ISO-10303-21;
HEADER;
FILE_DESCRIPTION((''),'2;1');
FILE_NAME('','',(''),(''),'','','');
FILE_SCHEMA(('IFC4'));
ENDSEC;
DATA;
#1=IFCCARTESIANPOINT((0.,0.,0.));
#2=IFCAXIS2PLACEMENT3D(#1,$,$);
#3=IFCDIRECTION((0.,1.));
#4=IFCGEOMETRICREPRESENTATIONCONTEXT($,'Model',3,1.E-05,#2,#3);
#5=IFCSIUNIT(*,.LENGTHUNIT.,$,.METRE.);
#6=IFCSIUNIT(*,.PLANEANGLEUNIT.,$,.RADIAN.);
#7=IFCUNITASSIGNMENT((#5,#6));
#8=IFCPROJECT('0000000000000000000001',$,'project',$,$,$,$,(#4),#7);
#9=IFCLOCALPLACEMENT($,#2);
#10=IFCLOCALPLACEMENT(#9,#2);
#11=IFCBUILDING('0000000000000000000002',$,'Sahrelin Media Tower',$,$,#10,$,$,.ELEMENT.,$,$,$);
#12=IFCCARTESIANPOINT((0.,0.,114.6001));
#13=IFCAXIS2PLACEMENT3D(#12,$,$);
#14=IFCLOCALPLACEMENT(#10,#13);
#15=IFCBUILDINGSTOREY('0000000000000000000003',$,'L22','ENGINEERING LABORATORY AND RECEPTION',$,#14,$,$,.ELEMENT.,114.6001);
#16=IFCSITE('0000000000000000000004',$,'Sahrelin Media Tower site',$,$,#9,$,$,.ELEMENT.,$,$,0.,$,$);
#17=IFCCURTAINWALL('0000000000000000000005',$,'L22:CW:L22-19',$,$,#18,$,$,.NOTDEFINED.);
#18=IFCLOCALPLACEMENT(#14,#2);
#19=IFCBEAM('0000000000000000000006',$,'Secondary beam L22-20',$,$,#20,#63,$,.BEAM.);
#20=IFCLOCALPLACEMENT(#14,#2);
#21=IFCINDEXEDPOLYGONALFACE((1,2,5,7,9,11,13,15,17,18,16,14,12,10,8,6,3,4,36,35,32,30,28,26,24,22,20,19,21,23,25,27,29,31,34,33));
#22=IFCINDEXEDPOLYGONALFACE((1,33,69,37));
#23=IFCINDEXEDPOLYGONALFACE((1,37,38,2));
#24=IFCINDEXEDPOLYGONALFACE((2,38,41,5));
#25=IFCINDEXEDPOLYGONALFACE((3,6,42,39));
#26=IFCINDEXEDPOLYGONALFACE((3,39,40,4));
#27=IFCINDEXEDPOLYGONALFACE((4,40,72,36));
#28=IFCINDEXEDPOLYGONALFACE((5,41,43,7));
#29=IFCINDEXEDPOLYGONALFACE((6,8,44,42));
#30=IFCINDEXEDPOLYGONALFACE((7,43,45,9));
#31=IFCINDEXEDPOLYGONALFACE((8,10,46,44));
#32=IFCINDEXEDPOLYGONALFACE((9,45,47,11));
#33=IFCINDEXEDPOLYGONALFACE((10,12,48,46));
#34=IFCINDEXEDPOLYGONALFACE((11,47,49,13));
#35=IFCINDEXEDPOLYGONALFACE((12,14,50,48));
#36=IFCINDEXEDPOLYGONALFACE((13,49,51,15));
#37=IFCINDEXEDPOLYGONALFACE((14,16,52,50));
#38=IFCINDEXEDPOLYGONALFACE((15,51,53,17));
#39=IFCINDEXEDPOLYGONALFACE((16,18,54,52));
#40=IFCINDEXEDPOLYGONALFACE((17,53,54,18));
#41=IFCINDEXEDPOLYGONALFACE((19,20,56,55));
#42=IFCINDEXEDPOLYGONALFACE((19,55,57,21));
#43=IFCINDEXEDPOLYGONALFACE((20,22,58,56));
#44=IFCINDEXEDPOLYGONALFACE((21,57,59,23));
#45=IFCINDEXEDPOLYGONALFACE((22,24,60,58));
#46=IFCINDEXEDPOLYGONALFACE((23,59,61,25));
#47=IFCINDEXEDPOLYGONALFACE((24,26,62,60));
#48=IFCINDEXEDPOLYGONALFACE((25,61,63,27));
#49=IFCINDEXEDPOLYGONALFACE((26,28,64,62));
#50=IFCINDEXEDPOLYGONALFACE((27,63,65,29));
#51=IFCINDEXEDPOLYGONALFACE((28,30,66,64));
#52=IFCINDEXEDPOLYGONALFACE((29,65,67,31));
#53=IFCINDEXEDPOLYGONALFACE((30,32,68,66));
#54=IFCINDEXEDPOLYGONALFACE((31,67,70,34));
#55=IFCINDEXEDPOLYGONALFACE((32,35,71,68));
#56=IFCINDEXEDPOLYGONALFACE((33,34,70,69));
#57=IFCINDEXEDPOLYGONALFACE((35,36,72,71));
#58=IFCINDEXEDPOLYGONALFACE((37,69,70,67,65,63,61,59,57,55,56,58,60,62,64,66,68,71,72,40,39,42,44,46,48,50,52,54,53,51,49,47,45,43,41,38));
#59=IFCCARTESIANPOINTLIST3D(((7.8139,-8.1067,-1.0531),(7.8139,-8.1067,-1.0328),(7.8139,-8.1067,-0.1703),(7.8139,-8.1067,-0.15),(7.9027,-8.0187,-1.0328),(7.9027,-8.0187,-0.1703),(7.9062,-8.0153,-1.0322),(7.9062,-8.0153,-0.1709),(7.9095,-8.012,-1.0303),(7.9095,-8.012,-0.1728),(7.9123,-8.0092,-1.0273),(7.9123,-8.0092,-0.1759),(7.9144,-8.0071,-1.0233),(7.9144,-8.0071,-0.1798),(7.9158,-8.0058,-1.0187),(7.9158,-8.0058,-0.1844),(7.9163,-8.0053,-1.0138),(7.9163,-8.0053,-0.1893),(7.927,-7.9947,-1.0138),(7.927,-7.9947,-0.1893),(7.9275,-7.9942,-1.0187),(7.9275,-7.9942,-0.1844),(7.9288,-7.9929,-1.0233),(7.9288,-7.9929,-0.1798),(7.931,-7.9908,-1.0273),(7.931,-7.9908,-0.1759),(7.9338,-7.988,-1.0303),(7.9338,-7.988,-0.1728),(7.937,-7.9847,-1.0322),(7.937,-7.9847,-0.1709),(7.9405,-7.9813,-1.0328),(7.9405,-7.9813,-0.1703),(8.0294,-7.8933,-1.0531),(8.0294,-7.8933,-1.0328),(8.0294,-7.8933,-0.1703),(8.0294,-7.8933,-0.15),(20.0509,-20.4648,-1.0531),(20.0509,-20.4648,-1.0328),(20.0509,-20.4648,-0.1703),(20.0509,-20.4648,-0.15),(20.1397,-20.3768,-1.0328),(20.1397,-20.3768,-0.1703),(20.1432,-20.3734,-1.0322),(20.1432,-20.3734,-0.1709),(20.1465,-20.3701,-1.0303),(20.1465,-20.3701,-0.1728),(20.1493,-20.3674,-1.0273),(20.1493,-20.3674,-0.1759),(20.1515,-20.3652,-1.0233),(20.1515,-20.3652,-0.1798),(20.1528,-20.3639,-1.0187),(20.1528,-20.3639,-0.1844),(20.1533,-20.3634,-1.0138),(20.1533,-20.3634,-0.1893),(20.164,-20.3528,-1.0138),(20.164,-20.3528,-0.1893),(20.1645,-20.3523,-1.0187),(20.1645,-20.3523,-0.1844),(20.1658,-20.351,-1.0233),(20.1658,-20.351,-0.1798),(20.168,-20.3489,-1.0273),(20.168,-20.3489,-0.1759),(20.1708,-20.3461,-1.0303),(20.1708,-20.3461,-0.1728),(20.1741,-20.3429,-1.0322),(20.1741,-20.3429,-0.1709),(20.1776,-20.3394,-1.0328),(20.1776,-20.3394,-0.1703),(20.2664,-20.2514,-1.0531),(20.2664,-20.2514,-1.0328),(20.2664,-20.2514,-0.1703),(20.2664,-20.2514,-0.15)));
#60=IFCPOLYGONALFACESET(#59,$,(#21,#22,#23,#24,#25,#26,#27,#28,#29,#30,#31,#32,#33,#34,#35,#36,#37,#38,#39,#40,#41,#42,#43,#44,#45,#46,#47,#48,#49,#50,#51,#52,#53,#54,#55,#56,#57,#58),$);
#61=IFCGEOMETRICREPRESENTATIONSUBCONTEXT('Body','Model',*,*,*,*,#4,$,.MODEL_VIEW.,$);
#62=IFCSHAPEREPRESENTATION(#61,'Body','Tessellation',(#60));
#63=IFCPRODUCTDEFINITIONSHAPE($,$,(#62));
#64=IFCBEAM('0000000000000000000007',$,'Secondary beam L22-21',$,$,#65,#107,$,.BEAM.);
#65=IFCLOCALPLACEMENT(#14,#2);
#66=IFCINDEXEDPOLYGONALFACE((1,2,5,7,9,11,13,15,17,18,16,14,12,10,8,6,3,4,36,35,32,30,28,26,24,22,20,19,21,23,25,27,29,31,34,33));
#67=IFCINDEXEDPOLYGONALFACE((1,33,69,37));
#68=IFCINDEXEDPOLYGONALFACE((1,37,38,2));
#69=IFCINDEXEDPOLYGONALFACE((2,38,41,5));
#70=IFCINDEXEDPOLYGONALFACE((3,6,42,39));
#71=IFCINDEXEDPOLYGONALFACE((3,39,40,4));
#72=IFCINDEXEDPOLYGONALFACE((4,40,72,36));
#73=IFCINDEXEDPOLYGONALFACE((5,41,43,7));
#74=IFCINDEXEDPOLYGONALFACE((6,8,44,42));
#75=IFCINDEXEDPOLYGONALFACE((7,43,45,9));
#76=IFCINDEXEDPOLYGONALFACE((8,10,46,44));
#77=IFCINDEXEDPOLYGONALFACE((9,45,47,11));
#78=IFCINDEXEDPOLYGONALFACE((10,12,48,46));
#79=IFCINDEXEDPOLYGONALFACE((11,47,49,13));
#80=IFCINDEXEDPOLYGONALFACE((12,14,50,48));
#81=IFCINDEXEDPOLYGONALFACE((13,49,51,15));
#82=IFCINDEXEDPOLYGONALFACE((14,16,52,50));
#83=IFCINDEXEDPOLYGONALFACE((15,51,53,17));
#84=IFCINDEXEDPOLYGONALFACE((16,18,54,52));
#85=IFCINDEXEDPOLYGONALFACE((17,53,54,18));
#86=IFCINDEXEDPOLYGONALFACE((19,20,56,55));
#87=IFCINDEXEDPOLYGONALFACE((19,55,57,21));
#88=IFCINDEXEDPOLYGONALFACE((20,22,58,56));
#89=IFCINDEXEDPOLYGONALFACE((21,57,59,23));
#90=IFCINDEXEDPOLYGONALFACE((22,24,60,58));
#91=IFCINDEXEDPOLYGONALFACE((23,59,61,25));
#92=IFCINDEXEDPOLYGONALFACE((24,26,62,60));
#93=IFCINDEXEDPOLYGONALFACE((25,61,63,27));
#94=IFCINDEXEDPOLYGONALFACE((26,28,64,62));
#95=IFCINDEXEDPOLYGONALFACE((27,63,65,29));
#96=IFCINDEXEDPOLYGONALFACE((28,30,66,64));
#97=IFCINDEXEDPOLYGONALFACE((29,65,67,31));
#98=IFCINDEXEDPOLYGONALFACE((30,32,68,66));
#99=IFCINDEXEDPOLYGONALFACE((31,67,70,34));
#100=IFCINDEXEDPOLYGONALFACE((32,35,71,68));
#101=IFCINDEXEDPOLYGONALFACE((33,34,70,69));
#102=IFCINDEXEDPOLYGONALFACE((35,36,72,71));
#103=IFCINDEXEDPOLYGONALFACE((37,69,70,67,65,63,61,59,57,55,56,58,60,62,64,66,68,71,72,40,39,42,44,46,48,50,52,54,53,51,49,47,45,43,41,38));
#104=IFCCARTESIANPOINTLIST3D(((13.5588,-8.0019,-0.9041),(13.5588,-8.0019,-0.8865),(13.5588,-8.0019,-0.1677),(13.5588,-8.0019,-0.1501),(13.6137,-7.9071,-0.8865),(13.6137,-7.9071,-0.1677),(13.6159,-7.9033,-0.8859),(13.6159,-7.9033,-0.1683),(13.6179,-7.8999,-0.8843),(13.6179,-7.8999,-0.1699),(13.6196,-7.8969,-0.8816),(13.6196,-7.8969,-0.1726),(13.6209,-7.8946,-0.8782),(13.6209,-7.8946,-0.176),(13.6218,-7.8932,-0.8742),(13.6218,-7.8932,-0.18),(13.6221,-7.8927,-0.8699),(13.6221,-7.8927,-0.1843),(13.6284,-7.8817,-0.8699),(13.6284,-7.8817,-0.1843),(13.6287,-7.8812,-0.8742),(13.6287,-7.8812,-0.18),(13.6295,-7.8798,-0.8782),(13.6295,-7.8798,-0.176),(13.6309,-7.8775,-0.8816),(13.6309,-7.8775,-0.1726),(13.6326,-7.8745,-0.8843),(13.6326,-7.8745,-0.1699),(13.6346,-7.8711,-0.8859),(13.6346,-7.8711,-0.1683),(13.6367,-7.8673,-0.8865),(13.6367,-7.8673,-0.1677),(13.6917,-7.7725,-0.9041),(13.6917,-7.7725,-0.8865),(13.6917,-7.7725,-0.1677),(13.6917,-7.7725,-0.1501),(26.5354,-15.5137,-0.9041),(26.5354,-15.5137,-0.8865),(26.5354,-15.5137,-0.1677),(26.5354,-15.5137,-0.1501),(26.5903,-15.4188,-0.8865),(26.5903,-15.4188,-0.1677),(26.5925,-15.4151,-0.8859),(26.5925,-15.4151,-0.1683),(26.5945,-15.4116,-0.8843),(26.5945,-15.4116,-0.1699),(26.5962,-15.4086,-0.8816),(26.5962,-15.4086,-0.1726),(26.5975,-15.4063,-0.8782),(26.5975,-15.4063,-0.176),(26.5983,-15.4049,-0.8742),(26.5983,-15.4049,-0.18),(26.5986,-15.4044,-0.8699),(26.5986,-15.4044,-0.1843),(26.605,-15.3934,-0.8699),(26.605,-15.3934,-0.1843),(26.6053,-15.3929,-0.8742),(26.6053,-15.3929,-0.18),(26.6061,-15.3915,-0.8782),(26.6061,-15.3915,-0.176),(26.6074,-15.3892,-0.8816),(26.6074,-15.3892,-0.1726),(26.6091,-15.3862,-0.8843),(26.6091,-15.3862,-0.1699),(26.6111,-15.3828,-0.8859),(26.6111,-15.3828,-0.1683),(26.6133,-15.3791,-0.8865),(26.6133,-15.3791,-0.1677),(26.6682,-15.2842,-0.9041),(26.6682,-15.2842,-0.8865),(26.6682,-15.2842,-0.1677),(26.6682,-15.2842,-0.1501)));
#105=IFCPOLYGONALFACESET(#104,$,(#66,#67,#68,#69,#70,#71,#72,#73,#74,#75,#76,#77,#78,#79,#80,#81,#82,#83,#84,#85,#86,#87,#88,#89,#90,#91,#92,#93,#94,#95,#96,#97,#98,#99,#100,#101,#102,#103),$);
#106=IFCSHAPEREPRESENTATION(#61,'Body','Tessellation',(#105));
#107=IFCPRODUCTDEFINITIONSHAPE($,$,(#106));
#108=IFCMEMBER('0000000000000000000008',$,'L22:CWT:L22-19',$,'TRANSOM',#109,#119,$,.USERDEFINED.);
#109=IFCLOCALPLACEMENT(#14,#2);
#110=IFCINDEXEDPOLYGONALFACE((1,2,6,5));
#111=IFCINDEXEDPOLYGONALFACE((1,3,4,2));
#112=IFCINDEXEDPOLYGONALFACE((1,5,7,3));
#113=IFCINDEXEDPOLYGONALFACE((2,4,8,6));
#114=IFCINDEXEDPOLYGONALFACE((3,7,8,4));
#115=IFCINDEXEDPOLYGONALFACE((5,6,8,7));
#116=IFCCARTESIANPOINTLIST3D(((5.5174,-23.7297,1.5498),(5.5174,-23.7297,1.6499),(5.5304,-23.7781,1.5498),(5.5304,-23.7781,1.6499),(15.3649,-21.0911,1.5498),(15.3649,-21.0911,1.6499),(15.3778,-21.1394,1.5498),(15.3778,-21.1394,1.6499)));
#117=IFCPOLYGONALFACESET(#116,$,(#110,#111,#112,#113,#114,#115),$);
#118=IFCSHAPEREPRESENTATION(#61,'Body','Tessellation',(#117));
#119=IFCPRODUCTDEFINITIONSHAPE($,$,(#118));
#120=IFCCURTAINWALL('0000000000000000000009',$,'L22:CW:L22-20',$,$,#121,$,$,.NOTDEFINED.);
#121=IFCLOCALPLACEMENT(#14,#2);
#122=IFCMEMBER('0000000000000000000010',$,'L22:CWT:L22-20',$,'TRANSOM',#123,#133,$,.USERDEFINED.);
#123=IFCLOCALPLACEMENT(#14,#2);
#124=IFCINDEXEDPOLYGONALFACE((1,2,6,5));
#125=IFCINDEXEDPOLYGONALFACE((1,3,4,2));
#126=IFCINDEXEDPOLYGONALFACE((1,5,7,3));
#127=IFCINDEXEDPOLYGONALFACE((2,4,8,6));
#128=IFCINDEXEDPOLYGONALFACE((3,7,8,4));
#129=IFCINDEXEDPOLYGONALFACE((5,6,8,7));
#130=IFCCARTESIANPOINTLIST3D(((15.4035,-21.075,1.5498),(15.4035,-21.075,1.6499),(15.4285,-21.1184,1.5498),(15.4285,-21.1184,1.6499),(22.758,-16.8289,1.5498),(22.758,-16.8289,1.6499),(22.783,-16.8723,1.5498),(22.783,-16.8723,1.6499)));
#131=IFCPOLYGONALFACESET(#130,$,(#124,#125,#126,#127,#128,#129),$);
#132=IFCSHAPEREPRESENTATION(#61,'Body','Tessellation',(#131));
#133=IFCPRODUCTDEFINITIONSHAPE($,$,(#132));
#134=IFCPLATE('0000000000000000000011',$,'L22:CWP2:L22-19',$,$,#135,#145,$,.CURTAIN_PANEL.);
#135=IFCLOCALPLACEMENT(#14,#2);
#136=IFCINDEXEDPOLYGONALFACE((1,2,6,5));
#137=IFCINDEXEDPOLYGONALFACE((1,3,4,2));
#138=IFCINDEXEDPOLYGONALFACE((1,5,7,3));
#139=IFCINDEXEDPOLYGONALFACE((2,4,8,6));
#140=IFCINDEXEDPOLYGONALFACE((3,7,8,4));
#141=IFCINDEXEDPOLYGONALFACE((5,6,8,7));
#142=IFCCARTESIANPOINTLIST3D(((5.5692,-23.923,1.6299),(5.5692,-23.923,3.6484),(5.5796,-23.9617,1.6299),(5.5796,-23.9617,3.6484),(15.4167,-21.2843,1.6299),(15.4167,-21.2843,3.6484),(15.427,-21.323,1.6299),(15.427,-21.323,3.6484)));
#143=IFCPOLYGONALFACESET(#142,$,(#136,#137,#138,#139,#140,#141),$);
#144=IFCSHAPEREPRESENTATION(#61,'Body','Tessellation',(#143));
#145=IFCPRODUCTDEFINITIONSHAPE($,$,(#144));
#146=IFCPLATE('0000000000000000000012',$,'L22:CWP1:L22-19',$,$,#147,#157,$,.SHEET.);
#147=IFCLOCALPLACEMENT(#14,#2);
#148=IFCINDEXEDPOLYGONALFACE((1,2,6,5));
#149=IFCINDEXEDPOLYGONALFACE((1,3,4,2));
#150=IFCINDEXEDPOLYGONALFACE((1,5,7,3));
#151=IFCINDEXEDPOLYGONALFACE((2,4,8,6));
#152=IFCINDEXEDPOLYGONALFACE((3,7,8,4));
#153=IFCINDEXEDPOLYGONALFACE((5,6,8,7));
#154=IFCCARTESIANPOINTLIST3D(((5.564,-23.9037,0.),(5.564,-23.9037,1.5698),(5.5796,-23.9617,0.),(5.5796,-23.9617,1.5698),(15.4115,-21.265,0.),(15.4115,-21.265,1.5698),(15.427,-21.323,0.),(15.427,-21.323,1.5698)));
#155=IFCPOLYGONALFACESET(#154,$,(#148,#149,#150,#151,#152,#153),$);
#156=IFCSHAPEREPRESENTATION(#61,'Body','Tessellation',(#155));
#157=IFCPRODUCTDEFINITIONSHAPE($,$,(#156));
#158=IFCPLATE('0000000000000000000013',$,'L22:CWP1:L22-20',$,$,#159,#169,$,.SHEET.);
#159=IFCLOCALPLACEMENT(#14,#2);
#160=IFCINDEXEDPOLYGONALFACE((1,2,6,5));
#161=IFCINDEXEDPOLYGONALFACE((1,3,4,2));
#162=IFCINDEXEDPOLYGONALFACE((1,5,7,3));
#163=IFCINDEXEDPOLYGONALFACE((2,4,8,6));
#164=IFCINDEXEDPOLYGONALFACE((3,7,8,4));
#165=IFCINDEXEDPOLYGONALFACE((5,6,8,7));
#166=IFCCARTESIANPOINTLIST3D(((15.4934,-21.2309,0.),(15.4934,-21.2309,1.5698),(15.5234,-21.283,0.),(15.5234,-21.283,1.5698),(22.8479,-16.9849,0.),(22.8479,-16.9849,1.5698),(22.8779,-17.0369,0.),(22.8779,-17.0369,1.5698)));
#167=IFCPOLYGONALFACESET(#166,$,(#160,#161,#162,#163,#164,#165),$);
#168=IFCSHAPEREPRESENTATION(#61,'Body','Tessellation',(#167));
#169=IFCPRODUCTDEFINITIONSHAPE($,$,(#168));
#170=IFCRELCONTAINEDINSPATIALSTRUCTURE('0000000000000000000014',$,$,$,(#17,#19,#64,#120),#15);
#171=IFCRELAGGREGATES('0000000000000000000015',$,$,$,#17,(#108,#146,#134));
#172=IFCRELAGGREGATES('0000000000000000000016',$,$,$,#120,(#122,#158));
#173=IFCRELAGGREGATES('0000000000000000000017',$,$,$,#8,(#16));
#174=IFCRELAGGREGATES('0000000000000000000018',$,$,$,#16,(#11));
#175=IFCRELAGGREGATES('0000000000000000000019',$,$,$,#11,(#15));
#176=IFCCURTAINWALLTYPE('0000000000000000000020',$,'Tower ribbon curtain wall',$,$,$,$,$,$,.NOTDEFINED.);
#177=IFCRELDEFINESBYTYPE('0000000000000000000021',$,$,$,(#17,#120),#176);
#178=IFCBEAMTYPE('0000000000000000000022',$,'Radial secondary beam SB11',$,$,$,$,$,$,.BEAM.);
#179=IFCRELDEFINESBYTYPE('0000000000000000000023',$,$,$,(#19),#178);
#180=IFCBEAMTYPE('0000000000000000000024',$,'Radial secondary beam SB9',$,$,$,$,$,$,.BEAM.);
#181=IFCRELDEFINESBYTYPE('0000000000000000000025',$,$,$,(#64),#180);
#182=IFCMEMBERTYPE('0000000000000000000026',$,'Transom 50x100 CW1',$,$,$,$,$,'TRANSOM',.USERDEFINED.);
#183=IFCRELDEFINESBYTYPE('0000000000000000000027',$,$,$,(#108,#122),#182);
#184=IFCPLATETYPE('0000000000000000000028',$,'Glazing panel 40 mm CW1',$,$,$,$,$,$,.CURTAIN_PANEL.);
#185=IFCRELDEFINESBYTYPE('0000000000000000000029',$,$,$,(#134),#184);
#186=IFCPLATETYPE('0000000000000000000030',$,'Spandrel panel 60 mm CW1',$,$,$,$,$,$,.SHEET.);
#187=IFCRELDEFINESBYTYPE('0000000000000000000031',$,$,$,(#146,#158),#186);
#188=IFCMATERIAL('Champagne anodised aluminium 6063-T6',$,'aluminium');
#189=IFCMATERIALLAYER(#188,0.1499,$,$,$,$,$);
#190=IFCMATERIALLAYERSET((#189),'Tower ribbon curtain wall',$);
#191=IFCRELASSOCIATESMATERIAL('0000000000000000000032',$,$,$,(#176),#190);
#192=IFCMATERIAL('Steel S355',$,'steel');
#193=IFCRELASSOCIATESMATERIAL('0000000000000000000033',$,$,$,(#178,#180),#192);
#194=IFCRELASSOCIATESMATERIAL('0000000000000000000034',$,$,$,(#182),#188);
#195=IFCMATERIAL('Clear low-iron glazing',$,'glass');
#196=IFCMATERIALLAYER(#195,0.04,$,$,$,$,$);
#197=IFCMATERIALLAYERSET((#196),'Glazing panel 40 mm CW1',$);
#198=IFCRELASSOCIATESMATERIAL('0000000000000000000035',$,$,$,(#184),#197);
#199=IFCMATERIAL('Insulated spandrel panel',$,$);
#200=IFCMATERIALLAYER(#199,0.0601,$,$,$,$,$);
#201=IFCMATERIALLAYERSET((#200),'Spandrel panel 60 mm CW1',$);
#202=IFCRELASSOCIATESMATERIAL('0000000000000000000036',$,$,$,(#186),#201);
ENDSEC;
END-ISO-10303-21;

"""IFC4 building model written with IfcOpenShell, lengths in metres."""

from ifc_helpers import new_model, si_unit, direction, frame, origin, origin_2d, place, context, subcontext, project, spatial, polyline, rectangle, i_section, outline, extrude, material, layer, layer_set, material_profile, profile_set, type_object, element, aggregate, save


model = new_model("IFC4")

# Units and contexts
model_context = context("Model", 3, precision=1e-05, world=origin(), true_north=direction((0.0, 1.0)))
body_context = subcontext(model_context, "Body", "Model", "MODEL_VIEW")
ifc_project = project(units=[si_unit("LENGTHUNIT", "METRE"), si_unit("PLANEANGLEUNIT", "RADIAN")], contexts=[model_context])

# Site, building, storey
site_placement = place(None, origin())
site = spatial("IfcSite", under=ifc_project, at=site_placement, Name="Sahrelin Media Tower site", CompositionType="ELEMENT", RefElevation=0.0)
building_placement = place(site_placement, origin())
building = spatial("IfcBuilding", under=site, at=building_placement, Name="Sahrelin Media Tower", CompositionType="ELEMENT")
storey_placement = place(building_placement, frame((0.0, 0.0, 114.6001)))
storey = spatial("IfcBuildingStorey", under=building, at=storey_placement, Name="L22", Description="ENGINEERING LABORATORY AND RECEPTION", CompositionType="ELEMENT", Elevation=114.6001)

# Shared definitions
ifc_material_1 = material(Name="Steel S355", Category="steel")

# Curtain wall
ifc_material_2 = material(Name="Champagne anodised aluminium 6063-T6", Category="aluminium")
ifc_layer_1 = layer(ifc_material_2, 0.1499)
ifc_layer_set_1 = layer_set([ifc_layer_1], Name="Tower ribbon curtain wall")
curtain_wall_type = type_object("IfcCurtainWallType", Name="Tower ribbon curtain wall", PredefinedType="NOTDEFINED", material=ifc_layer_set_1)
curtain_wall_1_placement = place(storey_placement, frame((10.498, -22.6228, 0.0), z_axis=(0.0, 0.0, 1.0), x_axis=(1.0, 0.0, 0.0)))
curtain_wall_1 = element("IfcCurtainWall", 1, at=curtain_wall_1_placement, inside=storey, type_object=curtain_wall_type, Name="L22:CW:L22-19", PredefinedType="NOTDEFINED")

# Beams
ifc_material_profile_1 = material_profile(ifc_material_1, i_section(OverallWidth=0.3032, OverallDepth=0.9031, WebThickness=0.0151, FlangeThickness=0.0203, FilletRadius=0.019, at=origin_2d()), Name="UB 914x305x201")
ifc_profile_set_1 = profile_set([ifc_material_profile_1], Name="Steel S355")
beam_type_1 = type_object("IfcBeamType", Name="Radial secondary beam SB11", PredefinedType="BEAM", material=ifc_profile_set_1)
beam_1_placement = place(storey_placement, frame((7.9216, -8.0, -0.6016), z_axis=(0.703617, -0.71058, 0.0), x_axis=(0.71058, 0.703617, 0.0)))
element("IfcBeam", 2, at=beam_1_placement, inside=storey, type_object=beam_type_1, Name="Secondary beam L22-20", PredefinedType="BEAM", context=body_context, shape_type="SweptSolid", body=[
    extrude(i_section(OverallWidth=0.3032, OverallDepth=0.9031, WebThickness=0.0151, FlangeThickness=0.0203, FilletRadius=0.019, at=origin_2d()), origin(), (0.0, 0.0, 1.0), 17.3916),
])
ifc_material_profile_2 = material_profile(ifc_material_1, i_section(OverallWidth=0.2651, OverallDepth=0.7539, WebThickness=0.0127, FlangeThickness=0.0176, FilletRadius=0.0166, at=origin_2d()), Name="UB 762x267x147")
ifc_profile_set_2 = profile_set([ifc_material_profile_2], Name="Steel S355")
beam_type_2 = type_object("IfcBeamType", Name="Radial secondary beam SB9", PredefinedType="BEAM", material=ifc_profile_set_2)
beam_2_placement = place(storey_placement, frame((13.6252, -7.8872, -0.5271), z_axis=(0.865456, -0.500985, 0.0), x_axis=(0.500985, 0.865456, 0.0)))
element("IfcBeam", 3, at=beam_2_placement, inside=storey, type_object=beam_type_2, Name="Secondary beam L22-21", PredefinedType="BEAM", context=body_context, shape_type="SweptSolid", body=[
    extrude(i_section(OverallWidth=0.2651, OverallDepth=0.7539, WebThickness=0.0127, FlangeThickness=0.0176, FilletRadius=0.0166, at=origin_2d()), origin(), (0.0, 0.0, 1.0), 14.9939),
])

# Member
ifc_material_profile_3 = material_profile(ifc_material_2, rectangle(XDim=0.05, YDim=0.1001, at=origin_2d()), Name="Transom 50x100")
ifc_profile_set_3 = profile_set([ifc_material_profile_3], Name="Champagne anodised aluminium 6063-T6")
member_type_1 = type_object("IfcMemberType", Name="Transom 50x100 CW1", ElementType="TRANSOM", PredefinedType="USERDEFINED", material=ifc_profile_set_3)
member_1_placement = place(storey_placement, frame((5.5239, -23.7539, 1.5999), z_axis=(0.965924, 0.258825, 0.0), x_axis=(-0.258825, 0.965924, 0.0)))
member_1 = element("IfcMember", 4, at=member_1_placement, type_object=member_type_1, Name="L22:CWT:L22-19", ObjectType="TRANSOM", PredefinedType="USERDEFINED", context=body_context, shape_type="SweptSolid", body=[
    extrude(rectangle(XDim=0.05, YDim=0.1001, at=origin_2d()), origin(), (0.0, 0.0, 1.0), 10.1948),
])

# Curtain wall, member
curtain_wall_2_placement = place(storey_placement, frame((19.1907, -19.1426, 0.0), z_axis=(0.0, 0.0, 1.0), x_axis=(1.0, 0.0, 0.0)))
curtain_wall_2 = element("IfcCurtainWall", 5, at=curtain_wall_2_placement, inside=storey, type_object=curtain_wall_type, Name="L22:CW:L22-20", PredefinedType="NOTDEFINED")
member_2_placement = place(storey_placement, frame((15.416, -21.0967, 1.5999), z_axis=(0.866027, 0.499998, 0.0), x_axis=(-0.499998, 0.866027, 0.0)))
member_2 = element("IfcMember", 6, at=member_2_placement, type_object=member_type_1, Name="L22:CWT:L22-20", ObjectType="TRANSOM", PredefinedType="USERDEFINED", context=body_context, shape_type="SweptSolid", body=[
    extrude(rectangle(XDim=0.05, YDim=0.1001, at=origin_2d()), origin(), (0.0, 0.0, 1.0), 8.4922),
])

# Plates
ifc_material_3 = material(Name="Clear low-iron glazing", Category="glass")
ifc_layer_2 = layer(ifc_material_3, 0.04)
ifc_layer_set_2 = layer_set([ifc_layer_2], Name="Glazing panel 40 mm CW1")
plate_type_1 = type_object("IfcPlateType", Name="Glazing panel 40 mm CW1", PredefinedType="CURTAIN_PANEL", material=ifc_layer_set_2)
plate_1_placement = place(storey_placement, frame((5.5796, -23.9617, 1.6299), z_axis=(0.258825, -0.965924, 0.0), x_axis=(0.965924, 0.258825, 0.0)))
plate_1 = element("IfcPlate", 7, at=plate_1_placement, type_object=plate_type_1, Name="L22:CWP2:L22-19", PredefinedType="CURTAIN_PANEL", context=body_context, shape_type="SweptSolid", body=[
    extrude(outline(polyline([(0.0, 0.0), (10.1948, 0.0), (10.1948, 2.0186), (0.0, 2.0186), (0.0, 0.0)])), origin(), (0.0, 0.0, -1.0), 0.04),
])
ifc_material_4 = material(Name="Insulated spandrel panel")
ifc_layer_3 = layer(ifc_material_4, 0.0601)
ifc_layer_set_3 = layer_set([ifc_layer_3], Name="Spandrel panel 60 mm CW1")
plate_type_2 = type_object("IfcPlateType", Name="Spandrel panel 60 mm CW1", PredefinedType="SHEET", material=ifc_layer_set_3)
plate_2_placement = place(storey_placement, frame((5.5796, -23.9617, 0.0), z_axis=(0.258825, -0.965924, 0.0), x_axis=(0.965924, 0.258825, 0.0)))
plate_2 = element("IfcPlate", 8, at=plate_2_placement, type_object=plate_type_2, Name="L22:CWP1:L22-19", PredefinedType="SHEET", context=body_context, shape_type="SweptSolid", body=[
    extrude(outline(polyline([(0.0, 0.0), (10.1948, 0.0), (10.1948, 1.5698), (0.0, 1.5698), (0.0, 0.0)])), origin(), (0.0, 0.0, -1.0), 0.0601),
])
aggregate(curtain_wall_1, [member_1, plate_2, plate_1])
plate_3_placement = place(storey_placement, frame((15.5234, -21.283, 0.0), z_axis=(0.499998, -0.866027, 0.0), x_axis=(0.866027, 0.499998, 0.0)))
plate_3 = element("IfcPlate", 9, at=plate_3_placement, type_object=plate_type_2, Name="L22:CWP1:L22-20", PredefinedType="SHEET", context=body_context, shape_type="SweptSolid", body=[
    extrude(outline(polyline([(0.0, 0.0), (8.4922, 0.0), (8.4922, 1.5698), (0.0, 1.5698), (0.0, 0.0)])), origin(), (0.0, 0.0, -1.0), 0.0601),
])
aggregate(curtain_wall_2, [member_2, plate_3])

save(model, "model.ifc")
